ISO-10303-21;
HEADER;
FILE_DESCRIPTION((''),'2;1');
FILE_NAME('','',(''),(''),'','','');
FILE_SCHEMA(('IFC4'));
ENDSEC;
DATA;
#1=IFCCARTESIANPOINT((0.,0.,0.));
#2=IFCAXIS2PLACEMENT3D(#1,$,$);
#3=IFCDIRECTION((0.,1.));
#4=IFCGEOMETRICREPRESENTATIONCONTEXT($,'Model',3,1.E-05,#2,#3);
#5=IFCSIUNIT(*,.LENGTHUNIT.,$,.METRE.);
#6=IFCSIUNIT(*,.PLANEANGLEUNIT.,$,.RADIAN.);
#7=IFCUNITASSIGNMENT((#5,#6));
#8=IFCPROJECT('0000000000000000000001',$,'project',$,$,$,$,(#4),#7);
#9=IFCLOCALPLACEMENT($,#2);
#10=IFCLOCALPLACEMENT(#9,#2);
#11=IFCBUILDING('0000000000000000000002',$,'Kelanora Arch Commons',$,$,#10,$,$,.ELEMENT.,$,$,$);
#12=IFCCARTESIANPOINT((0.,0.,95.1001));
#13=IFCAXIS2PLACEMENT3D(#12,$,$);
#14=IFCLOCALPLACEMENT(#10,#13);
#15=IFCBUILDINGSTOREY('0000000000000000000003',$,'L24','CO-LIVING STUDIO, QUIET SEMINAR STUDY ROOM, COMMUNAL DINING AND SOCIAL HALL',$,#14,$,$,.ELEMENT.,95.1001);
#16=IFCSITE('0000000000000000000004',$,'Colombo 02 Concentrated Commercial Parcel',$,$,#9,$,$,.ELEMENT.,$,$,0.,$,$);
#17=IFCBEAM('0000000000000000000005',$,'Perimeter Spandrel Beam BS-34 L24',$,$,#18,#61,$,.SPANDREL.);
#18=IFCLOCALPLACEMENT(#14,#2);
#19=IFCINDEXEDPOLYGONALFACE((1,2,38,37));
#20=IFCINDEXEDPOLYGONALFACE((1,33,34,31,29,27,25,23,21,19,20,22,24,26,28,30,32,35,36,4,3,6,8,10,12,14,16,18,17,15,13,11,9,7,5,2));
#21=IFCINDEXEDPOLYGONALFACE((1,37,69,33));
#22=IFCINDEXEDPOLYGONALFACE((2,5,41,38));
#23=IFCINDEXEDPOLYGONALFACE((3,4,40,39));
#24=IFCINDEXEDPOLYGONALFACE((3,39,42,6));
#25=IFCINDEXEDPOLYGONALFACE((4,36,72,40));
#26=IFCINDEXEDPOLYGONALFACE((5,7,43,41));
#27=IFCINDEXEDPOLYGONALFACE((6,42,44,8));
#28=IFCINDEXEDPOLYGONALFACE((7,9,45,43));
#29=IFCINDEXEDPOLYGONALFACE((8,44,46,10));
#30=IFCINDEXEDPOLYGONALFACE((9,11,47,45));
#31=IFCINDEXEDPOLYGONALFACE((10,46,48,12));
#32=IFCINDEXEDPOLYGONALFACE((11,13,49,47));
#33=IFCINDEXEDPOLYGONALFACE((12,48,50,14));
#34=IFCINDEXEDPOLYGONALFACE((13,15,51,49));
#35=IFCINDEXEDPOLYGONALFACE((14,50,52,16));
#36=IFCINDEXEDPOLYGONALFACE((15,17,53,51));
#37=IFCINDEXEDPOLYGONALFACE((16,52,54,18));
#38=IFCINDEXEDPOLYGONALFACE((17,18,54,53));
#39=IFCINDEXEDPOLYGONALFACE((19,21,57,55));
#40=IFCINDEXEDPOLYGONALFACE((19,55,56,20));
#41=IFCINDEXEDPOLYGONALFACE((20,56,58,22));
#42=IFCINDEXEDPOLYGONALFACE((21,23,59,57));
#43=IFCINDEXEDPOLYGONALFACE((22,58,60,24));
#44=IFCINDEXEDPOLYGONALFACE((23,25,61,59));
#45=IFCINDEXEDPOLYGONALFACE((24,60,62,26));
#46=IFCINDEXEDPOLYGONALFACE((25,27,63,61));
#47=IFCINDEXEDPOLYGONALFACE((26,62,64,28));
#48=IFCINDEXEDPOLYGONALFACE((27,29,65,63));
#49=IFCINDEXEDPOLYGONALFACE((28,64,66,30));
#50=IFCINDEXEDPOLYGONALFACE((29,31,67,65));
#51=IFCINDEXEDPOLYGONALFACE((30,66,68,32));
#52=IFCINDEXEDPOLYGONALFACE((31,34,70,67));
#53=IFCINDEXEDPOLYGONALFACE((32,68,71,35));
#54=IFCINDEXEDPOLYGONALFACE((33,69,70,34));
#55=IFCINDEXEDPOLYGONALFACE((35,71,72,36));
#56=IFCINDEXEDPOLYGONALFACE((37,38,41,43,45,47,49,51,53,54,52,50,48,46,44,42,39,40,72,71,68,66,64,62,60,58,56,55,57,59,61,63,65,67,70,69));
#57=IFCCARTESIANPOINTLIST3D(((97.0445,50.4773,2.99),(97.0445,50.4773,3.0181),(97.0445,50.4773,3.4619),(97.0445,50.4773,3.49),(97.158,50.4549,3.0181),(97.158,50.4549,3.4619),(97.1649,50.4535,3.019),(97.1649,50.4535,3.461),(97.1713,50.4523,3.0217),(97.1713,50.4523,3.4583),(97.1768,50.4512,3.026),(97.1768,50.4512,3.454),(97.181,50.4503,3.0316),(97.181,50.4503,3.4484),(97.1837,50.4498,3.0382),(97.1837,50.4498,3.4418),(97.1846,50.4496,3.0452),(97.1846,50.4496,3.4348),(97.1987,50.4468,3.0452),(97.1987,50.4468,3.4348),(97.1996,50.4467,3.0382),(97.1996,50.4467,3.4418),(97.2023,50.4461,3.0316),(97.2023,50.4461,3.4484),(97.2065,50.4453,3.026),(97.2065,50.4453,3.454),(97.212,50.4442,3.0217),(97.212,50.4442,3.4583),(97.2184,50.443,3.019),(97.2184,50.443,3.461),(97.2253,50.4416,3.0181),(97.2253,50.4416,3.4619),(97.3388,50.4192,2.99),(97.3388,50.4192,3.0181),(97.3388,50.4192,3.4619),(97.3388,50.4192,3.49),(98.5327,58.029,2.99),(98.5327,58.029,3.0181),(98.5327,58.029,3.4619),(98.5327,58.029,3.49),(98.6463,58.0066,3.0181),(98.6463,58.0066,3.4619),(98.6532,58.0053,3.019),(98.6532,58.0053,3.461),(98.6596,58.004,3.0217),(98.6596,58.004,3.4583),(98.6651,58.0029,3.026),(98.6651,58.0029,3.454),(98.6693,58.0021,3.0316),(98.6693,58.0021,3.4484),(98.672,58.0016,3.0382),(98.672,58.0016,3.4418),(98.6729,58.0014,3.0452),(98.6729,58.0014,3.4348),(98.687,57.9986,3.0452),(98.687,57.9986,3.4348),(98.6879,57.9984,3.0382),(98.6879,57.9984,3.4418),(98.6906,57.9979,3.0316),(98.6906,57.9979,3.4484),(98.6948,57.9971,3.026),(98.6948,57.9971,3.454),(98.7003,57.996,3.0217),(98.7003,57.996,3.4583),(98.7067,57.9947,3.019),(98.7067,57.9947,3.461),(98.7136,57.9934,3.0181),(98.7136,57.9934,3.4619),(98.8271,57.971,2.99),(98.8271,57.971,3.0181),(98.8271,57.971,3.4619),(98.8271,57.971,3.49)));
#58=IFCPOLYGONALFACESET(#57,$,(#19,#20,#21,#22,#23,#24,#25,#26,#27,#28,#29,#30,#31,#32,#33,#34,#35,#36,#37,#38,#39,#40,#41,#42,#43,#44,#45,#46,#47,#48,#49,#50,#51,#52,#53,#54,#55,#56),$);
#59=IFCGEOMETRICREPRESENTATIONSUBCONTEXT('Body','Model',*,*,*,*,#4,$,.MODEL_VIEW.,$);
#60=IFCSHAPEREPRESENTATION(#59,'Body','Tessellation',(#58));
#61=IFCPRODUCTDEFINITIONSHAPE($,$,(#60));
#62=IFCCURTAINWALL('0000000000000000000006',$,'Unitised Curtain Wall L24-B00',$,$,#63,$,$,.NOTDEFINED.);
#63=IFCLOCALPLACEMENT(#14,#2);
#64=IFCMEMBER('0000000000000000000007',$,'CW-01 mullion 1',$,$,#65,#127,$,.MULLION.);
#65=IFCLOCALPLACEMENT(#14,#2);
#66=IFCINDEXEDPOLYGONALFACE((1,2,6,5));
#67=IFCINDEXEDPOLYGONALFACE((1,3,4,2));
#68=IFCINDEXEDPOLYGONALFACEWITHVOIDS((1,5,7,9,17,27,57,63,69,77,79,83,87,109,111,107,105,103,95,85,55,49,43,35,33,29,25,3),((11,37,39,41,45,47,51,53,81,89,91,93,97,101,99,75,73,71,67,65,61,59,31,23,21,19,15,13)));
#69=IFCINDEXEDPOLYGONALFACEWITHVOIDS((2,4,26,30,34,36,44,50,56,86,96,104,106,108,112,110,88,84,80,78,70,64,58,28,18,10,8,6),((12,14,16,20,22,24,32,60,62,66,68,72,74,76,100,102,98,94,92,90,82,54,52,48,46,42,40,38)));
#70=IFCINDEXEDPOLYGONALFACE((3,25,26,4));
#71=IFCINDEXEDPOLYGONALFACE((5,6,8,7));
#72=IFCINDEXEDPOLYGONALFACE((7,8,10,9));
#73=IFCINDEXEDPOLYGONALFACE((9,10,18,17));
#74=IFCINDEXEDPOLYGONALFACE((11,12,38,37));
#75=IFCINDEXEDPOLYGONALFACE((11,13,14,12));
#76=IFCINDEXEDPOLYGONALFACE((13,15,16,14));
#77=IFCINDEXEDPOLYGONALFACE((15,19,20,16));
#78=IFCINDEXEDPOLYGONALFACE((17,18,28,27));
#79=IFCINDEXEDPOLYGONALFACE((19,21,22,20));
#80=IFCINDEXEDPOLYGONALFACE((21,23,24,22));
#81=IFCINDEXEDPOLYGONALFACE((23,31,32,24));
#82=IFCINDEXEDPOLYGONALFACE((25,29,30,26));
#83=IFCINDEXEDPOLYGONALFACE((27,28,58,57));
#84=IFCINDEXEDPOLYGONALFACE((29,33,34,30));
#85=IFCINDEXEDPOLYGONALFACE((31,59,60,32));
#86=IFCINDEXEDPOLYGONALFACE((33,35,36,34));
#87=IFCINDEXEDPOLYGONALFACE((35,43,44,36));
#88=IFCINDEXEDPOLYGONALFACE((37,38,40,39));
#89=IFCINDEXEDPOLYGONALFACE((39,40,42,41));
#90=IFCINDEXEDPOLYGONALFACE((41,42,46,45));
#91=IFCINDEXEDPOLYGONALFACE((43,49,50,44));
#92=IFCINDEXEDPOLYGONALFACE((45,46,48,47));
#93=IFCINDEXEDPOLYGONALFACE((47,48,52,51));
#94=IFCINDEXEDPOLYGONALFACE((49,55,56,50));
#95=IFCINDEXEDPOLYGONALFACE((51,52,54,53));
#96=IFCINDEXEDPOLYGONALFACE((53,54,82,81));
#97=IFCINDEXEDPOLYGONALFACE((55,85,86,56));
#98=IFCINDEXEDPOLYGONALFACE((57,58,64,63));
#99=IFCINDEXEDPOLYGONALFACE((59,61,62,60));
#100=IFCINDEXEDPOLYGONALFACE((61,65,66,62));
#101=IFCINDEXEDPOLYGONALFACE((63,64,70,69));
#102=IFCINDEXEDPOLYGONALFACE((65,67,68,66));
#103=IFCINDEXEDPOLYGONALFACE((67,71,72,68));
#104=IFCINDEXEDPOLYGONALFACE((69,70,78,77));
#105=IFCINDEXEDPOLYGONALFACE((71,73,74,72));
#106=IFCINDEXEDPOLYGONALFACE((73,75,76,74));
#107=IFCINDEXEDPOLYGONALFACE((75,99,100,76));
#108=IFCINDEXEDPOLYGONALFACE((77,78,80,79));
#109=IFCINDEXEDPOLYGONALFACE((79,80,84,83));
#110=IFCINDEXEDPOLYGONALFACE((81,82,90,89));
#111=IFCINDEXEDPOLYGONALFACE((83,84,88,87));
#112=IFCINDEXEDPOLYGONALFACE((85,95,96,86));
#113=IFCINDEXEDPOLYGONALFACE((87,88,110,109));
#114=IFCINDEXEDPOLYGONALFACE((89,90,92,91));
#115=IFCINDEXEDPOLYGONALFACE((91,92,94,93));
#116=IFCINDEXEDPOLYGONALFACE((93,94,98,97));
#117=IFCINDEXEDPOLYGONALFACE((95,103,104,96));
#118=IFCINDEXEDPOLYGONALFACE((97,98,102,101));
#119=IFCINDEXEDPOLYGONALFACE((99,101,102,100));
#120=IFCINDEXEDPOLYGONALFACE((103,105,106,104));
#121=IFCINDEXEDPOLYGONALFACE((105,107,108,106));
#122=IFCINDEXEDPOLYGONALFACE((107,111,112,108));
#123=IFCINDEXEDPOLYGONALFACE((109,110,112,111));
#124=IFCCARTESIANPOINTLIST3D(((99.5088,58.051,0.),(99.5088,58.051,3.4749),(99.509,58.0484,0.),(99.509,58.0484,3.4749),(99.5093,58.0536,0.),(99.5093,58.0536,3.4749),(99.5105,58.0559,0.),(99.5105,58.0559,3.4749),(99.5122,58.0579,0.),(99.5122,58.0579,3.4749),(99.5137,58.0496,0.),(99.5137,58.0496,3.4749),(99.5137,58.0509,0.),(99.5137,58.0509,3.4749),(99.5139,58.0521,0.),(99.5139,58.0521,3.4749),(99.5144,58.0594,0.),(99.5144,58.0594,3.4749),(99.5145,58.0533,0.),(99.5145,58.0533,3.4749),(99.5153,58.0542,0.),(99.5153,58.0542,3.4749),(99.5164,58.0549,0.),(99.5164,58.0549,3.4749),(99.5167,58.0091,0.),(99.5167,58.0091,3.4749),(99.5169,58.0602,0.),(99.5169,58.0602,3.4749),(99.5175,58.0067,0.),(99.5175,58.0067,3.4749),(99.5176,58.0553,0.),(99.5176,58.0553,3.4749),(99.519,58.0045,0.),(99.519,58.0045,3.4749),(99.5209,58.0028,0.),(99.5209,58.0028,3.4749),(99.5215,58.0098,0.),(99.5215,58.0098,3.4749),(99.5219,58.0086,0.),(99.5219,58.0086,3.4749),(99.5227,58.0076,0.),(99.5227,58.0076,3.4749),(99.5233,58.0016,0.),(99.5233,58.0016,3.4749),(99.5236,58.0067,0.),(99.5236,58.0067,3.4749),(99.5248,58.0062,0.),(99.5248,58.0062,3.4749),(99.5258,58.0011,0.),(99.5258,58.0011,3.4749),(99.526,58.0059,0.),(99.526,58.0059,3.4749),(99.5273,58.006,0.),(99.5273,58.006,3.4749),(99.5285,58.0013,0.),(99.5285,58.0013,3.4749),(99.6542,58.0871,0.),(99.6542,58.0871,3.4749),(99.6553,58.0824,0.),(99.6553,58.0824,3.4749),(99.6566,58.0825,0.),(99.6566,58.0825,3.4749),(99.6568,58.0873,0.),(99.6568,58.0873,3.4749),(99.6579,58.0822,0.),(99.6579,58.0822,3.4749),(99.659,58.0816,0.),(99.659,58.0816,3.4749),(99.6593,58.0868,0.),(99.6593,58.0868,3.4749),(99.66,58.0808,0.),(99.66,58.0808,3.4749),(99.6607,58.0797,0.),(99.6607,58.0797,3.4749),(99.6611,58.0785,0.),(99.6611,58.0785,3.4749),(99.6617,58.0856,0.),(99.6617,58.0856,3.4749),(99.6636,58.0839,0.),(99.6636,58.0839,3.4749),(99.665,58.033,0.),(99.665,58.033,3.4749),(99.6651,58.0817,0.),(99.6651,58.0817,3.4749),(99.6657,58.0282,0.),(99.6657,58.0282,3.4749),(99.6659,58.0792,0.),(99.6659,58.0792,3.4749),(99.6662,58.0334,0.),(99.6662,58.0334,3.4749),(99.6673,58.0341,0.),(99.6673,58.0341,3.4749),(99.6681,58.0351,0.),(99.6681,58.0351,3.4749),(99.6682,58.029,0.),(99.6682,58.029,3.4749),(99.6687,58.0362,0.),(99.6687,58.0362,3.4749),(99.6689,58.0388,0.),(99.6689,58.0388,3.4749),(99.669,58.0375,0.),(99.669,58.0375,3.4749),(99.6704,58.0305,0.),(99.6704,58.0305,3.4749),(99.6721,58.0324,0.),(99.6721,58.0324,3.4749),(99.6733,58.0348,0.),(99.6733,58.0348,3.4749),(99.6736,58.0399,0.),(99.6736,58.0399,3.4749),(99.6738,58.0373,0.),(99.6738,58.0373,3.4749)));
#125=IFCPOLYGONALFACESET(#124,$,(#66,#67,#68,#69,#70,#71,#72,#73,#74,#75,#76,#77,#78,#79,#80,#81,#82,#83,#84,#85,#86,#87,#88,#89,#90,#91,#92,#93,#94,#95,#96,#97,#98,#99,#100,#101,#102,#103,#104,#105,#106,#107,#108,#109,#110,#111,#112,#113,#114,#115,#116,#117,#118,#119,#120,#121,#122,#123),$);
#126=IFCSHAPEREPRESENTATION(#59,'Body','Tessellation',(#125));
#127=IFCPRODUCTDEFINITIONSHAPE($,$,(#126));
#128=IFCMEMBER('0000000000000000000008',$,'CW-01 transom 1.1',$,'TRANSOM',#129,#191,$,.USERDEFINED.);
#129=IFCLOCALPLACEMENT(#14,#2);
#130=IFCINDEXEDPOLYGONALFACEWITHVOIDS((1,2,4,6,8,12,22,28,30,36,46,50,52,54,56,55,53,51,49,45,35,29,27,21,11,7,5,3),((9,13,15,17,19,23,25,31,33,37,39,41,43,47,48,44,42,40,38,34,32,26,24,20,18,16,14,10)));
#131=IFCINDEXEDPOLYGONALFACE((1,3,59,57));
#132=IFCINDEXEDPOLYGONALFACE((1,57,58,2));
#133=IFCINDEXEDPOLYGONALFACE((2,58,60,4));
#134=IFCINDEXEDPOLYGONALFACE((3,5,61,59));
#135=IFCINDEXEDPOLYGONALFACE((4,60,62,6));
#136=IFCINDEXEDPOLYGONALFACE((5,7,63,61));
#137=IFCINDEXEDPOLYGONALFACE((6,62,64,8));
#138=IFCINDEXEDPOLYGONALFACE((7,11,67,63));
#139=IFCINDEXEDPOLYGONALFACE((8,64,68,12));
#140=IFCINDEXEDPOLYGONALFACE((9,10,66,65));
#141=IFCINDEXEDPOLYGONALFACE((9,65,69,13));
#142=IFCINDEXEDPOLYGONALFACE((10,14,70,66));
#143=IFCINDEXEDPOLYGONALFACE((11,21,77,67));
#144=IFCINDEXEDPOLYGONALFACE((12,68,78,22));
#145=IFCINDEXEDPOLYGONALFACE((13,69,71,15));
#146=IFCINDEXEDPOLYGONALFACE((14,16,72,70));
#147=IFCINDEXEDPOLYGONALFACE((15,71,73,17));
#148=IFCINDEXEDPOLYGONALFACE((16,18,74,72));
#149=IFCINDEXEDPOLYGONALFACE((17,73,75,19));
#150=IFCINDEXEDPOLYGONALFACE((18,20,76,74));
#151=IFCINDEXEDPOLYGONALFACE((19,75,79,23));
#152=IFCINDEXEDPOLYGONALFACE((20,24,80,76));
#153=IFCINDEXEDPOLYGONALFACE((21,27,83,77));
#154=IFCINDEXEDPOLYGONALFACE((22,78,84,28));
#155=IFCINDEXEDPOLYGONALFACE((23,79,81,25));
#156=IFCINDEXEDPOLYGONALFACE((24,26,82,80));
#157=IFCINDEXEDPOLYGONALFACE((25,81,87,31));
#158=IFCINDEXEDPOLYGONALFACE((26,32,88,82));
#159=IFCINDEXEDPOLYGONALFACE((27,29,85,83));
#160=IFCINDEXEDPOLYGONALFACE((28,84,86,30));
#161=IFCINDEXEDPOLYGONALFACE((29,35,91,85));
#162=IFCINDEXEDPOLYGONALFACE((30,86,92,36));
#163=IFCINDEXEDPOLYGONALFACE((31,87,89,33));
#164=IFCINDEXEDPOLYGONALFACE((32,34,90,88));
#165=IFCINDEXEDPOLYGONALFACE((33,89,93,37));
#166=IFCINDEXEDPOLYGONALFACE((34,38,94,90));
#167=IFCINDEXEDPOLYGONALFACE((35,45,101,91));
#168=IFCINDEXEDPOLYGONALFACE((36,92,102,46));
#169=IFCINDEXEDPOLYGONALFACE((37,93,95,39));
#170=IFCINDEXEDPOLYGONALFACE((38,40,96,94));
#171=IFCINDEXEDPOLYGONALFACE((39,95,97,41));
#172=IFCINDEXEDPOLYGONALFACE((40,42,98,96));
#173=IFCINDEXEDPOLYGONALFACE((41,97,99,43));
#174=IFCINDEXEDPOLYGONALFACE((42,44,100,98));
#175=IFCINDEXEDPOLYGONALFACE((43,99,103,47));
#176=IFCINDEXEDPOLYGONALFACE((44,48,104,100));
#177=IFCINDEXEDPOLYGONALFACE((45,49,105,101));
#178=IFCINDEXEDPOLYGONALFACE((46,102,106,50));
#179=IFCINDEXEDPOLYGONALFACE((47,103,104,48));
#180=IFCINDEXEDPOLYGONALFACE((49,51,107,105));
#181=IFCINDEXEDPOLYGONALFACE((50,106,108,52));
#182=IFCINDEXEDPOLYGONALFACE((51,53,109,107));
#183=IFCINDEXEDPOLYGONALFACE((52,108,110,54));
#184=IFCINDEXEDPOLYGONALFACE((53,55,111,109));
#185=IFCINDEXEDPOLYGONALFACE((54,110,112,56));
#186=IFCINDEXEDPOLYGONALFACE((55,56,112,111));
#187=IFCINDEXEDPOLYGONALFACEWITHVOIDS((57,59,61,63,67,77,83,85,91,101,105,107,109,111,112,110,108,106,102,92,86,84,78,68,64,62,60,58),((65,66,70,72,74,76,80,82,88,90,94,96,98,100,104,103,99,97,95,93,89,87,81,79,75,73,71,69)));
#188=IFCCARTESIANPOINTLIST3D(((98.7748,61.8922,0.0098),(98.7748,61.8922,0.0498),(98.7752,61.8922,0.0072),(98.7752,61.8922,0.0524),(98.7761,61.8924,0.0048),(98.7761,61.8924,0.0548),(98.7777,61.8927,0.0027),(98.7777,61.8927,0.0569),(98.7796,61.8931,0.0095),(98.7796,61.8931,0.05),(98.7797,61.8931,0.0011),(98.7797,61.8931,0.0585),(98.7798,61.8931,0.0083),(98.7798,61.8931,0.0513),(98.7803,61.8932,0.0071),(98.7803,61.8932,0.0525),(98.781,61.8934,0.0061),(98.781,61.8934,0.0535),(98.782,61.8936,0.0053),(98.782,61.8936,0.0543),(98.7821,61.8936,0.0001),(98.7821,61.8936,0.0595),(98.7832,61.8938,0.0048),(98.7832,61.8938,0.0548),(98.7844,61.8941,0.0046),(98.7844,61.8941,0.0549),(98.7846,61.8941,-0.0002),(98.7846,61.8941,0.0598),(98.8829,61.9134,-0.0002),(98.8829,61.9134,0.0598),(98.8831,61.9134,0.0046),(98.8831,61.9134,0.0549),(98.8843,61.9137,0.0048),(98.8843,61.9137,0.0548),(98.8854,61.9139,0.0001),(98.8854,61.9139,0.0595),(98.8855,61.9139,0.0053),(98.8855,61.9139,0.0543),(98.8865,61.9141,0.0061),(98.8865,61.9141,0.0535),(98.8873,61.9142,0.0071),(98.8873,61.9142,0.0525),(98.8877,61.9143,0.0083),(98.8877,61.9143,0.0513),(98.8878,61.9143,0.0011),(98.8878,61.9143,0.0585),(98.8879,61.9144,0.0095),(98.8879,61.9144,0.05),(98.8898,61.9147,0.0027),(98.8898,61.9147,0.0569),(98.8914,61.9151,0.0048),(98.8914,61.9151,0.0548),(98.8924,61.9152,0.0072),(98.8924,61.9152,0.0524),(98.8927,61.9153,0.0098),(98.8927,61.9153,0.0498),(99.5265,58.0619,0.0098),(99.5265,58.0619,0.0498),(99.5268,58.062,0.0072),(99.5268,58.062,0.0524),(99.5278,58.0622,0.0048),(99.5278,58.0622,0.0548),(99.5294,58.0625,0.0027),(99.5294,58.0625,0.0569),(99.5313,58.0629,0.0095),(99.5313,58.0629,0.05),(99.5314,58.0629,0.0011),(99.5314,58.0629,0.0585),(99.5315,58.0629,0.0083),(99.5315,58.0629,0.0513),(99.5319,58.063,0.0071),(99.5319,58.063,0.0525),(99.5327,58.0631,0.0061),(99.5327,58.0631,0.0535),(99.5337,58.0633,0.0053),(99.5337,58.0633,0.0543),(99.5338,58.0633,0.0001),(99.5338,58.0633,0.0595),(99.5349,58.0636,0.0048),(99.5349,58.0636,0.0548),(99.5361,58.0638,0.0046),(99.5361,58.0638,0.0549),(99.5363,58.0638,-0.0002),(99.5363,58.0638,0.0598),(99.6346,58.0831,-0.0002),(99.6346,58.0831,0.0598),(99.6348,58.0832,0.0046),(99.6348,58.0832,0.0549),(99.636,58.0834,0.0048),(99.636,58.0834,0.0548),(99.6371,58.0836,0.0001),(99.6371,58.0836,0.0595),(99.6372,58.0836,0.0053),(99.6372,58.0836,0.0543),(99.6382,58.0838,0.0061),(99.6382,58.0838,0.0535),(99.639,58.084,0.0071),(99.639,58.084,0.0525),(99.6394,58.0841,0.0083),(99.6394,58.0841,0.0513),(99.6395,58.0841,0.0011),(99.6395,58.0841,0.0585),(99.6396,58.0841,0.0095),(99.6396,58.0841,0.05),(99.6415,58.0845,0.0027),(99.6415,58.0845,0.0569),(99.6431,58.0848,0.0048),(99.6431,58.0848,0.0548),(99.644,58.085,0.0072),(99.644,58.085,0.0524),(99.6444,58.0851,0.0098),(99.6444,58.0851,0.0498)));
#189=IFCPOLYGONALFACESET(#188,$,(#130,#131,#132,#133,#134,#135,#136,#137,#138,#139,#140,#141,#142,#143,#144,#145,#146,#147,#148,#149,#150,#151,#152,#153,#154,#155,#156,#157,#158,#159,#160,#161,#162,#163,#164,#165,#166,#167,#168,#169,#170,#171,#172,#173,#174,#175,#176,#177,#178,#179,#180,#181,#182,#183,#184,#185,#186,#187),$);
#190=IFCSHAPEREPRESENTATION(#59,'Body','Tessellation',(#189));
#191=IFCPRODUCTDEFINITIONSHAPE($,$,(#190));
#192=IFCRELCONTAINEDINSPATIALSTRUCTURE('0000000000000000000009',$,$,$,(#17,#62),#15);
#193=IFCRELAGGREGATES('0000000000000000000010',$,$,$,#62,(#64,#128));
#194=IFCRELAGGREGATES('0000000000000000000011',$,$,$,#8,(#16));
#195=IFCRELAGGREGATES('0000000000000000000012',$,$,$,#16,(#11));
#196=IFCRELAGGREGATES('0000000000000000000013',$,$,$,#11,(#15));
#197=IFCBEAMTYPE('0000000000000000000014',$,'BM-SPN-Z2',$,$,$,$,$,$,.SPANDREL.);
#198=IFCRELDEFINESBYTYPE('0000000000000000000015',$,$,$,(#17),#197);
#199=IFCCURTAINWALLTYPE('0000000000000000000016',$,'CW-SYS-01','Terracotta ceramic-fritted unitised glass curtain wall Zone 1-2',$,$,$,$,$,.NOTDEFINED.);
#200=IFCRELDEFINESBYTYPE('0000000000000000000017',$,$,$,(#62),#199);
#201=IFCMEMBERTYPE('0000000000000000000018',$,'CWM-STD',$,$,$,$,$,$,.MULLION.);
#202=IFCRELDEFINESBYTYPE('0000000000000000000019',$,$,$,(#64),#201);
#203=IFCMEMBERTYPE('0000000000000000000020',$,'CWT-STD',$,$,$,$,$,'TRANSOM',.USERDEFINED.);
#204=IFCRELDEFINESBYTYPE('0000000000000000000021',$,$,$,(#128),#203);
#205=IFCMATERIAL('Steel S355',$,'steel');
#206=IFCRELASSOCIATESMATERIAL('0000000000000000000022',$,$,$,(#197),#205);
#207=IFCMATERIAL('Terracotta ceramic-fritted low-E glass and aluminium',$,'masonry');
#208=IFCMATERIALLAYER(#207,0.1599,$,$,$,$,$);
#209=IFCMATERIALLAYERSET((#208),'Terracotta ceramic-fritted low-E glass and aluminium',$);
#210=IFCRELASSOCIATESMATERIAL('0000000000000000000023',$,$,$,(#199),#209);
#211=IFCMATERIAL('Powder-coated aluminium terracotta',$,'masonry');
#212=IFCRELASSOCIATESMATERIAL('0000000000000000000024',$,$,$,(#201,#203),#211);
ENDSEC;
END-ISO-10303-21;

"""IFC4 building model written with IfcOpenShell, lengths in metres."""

from ifc_helpers import new_model, si_unit, direction, frame, origin, origin_2d, place, context, subcontext, project, spatial, hollow_rectangle, i_section, extrude, material, layer, layer_set, material_profile, profile_set, type_object, element, aggregate, save


model = new_model("IFC4")

# Units and contexts
model_context = context("Model", 3, precision=1e-05, world=origin(), true_north=direction((0.0, 1.0)))
body_context = subcontext(model_context, "Body", "Model", "MODEL_VIEW")
ifc_project = project(units=[si_unit("LENGTHUNIT", "METRE"), si_unit("PLANEANGLEUNIT", "RADIAN")], contexts=[model_context])

# Site, building, storey
site_placement = place(None, origin())
site = spatial("IfcSite", under=ifc_project, at=site_placement, Name="Colombo 02 Concentrated Commercial Parcel", CompositionType="ELEMENT", RefElevation=0.0)
building_placement = place(site_placement, origin())
building = spatial("IfcBuilding", under=site, at=building_placement, Name="Kelanora Arch Commons", CompositionType="ELEMENT")
storey_placement = place(building_placement, frame((0.0, 0.0, 95.1001)))
storey = spatial("IfcBuildingStorey", under=building, at=storey_placement, Name="L24", Description="CO-LIVING STUDIO, QUIET SEMINAR STUDY ROOM, COMMUNAL DINING AND SOCIAL HALL", CompositionType="ELEMENT", Elevation=95.1001)

# Beam
ifc_material_1 = material(Name="Steel S355", Category="steel")
ifc_material_profile_1 = material_profile(ifc_material_1, i_section(OverallWidth=0.3, OverallDepth=0.5, WebThickness=0.0144, FlangeThickness=0.0281, FilletRadius=0.0271, at=origin_2d()), Name="HEB500")
ifc_profile_set_1 = profile_set([ifc_material_profile_1], Name="Steel S355")
beam_type_1 = type_object("IfcBeamType", Name="BM-SPN-Z2", PredefinedType="SPANDREL", material=ifc_profile_set_1)
for number, where, z_axis, x_axis, name in (
    (1, (97.1917, 50.4482, 3.24), (0.193358, 0.981128, 0.0), (-0.981128, 0.193358, 0.0), "Perimeter Spandrel Beam BS-34 L24"),
):
    element("IfcBeam", number, at=place(storey_placement, frame(where, z_axis=z_axis, x_axis=x_axis)), inside=storey, type_object=beam_type_1, Name=name, PredefinedType="SPANDREL", context=body_context, shape_type="SweptSolid", body=[
        extrude(i_section(OverallWidth=0.3, OverallDepth=0.5, WebThickness=0.0144, FlangeThickness=0.0281, FilletRadius=0.0271, at=origin_2d()), origin(), (0.0, 0.0, 1.0), 7.697),
    ])

# Curtain wall, members
ifc_material_2 = material(Name="Terracotta ceramic-fritted low-E glass and aluminium", Category="masonry")
ifc_layer_1 = layer(ifc_material_2, 0.1599)
ifc_layer_set_1 = layer_set([ifc_layer_1], Name="Terracotta ceramic-fritted low-E glass and aluminium")
curtain_wall_type = type_object("IfcCurtainWallType", Name="CW-SYS-01", Description="Terracotta ceramic-fritted unitised glass curtain wall Zone 1-2", PredefinedType="NOTDEFINED", material=ifc_layer_set_1)
curtain_wall_placement = place(storey_placement, origin())
curtain_wall = element("IfcCurtainWall", 2, at=curtain_wall_placement, inside=storey, type_object=curtain_wall_type, Name="Unitised Curtain Wall L24-B00", PredefinedType="NOTDEFINED")
ifc_material_3 = material(Name="Powder-coated aluminium terracotta", Category="masonry")
ifc_material_profile_2 = material_profile(ifc_material_3, hollow_rectangle(XDim=0.1599, YDim=0.0601, WallThickness=0.0049, InnerFilletRadius=0.0049, OuterFilletRadius=0.01, at=origin_2d()), Name="CWM160x60")
ifc_profile_set_2 = profile_set([ifc_material_profile_2], Name="Powder-coated aluminium terracotta")
member_type_1 = type_object("IfcMemberType", Name="CWM-STD", PredefinedType="MULLION", material=ifc_profile_set_2)
member_1_placement = place(storey_placement, frame((99.5913, 58.0442, 0.0), z_axis=(0.0, 0.0, 1.0), x_axis=(-0.98128, -0.192585, 0.0)))
member_1 = element("IfcMember", 3, at=member_1_placement, type_object=member_type_1, Name="CW-01 mullion 1", PredefinedType="MULLION", context=body_context, shape_type="SweptSolid", body=[
    extrude(hollow_rectangle(XDim=0.1599, YDim=0.0601, WallThickness=0.0049, InnerFilletRadius=0.0049, OuterFilletRadius=0.01, at=origin_2d()), origin(), (0.0, 0.0, 1.0), 3.4749),
])
ifc_material_profile_3 = material_profile(ifc_material_3, hollow_rectangle(XDim=0.1201, YDim=0.0601, WallThickness=0.0049, InnerFilletRadius=0.0049, OuterFilletRadius=0.01, at=origin_2d()), Name="CWT120x60")
ifc_profile_set_3 = profile_set([ifc_material_profile_3], Name="Powder-coated aluminium terracotta")
member_type_2 = type_object("IfcMemberType", Name="CWT-STD", ElementType="TRANSOM", PredefinedType="USERDEFINED", material=ifc_profile_set_3)
member_2_placement = place(storey_placement, frame((99.5854, 58.0735, 0.0298), z_axis=(-0.192579, 0.981282, 0.0), x_axis=(-0.981282, -0.192579, 0.0)))
member_2 = element("IfcMember", 4, at=member_2_placement, type_object=member_type_2, Name="CW-01 transom 1.1", ObjectType="TRANSOM", PredefinedType="USERDEFINED", context=body_context, shape_type="SweptSolid", body=[
    extrude(hollow_rectangle(XDim=0.1201, YDim=0.0601, WallThickness=0.0049, InnerFilletRadius=0.0049, OuterFilletRadius=0.01, at=origin_2d()), origin(), (0.0, 0.0, 1.0), 3.9033),
])
aggregate(curtain_wall, [member_1, member_2])

save(model, "model.ifc")
